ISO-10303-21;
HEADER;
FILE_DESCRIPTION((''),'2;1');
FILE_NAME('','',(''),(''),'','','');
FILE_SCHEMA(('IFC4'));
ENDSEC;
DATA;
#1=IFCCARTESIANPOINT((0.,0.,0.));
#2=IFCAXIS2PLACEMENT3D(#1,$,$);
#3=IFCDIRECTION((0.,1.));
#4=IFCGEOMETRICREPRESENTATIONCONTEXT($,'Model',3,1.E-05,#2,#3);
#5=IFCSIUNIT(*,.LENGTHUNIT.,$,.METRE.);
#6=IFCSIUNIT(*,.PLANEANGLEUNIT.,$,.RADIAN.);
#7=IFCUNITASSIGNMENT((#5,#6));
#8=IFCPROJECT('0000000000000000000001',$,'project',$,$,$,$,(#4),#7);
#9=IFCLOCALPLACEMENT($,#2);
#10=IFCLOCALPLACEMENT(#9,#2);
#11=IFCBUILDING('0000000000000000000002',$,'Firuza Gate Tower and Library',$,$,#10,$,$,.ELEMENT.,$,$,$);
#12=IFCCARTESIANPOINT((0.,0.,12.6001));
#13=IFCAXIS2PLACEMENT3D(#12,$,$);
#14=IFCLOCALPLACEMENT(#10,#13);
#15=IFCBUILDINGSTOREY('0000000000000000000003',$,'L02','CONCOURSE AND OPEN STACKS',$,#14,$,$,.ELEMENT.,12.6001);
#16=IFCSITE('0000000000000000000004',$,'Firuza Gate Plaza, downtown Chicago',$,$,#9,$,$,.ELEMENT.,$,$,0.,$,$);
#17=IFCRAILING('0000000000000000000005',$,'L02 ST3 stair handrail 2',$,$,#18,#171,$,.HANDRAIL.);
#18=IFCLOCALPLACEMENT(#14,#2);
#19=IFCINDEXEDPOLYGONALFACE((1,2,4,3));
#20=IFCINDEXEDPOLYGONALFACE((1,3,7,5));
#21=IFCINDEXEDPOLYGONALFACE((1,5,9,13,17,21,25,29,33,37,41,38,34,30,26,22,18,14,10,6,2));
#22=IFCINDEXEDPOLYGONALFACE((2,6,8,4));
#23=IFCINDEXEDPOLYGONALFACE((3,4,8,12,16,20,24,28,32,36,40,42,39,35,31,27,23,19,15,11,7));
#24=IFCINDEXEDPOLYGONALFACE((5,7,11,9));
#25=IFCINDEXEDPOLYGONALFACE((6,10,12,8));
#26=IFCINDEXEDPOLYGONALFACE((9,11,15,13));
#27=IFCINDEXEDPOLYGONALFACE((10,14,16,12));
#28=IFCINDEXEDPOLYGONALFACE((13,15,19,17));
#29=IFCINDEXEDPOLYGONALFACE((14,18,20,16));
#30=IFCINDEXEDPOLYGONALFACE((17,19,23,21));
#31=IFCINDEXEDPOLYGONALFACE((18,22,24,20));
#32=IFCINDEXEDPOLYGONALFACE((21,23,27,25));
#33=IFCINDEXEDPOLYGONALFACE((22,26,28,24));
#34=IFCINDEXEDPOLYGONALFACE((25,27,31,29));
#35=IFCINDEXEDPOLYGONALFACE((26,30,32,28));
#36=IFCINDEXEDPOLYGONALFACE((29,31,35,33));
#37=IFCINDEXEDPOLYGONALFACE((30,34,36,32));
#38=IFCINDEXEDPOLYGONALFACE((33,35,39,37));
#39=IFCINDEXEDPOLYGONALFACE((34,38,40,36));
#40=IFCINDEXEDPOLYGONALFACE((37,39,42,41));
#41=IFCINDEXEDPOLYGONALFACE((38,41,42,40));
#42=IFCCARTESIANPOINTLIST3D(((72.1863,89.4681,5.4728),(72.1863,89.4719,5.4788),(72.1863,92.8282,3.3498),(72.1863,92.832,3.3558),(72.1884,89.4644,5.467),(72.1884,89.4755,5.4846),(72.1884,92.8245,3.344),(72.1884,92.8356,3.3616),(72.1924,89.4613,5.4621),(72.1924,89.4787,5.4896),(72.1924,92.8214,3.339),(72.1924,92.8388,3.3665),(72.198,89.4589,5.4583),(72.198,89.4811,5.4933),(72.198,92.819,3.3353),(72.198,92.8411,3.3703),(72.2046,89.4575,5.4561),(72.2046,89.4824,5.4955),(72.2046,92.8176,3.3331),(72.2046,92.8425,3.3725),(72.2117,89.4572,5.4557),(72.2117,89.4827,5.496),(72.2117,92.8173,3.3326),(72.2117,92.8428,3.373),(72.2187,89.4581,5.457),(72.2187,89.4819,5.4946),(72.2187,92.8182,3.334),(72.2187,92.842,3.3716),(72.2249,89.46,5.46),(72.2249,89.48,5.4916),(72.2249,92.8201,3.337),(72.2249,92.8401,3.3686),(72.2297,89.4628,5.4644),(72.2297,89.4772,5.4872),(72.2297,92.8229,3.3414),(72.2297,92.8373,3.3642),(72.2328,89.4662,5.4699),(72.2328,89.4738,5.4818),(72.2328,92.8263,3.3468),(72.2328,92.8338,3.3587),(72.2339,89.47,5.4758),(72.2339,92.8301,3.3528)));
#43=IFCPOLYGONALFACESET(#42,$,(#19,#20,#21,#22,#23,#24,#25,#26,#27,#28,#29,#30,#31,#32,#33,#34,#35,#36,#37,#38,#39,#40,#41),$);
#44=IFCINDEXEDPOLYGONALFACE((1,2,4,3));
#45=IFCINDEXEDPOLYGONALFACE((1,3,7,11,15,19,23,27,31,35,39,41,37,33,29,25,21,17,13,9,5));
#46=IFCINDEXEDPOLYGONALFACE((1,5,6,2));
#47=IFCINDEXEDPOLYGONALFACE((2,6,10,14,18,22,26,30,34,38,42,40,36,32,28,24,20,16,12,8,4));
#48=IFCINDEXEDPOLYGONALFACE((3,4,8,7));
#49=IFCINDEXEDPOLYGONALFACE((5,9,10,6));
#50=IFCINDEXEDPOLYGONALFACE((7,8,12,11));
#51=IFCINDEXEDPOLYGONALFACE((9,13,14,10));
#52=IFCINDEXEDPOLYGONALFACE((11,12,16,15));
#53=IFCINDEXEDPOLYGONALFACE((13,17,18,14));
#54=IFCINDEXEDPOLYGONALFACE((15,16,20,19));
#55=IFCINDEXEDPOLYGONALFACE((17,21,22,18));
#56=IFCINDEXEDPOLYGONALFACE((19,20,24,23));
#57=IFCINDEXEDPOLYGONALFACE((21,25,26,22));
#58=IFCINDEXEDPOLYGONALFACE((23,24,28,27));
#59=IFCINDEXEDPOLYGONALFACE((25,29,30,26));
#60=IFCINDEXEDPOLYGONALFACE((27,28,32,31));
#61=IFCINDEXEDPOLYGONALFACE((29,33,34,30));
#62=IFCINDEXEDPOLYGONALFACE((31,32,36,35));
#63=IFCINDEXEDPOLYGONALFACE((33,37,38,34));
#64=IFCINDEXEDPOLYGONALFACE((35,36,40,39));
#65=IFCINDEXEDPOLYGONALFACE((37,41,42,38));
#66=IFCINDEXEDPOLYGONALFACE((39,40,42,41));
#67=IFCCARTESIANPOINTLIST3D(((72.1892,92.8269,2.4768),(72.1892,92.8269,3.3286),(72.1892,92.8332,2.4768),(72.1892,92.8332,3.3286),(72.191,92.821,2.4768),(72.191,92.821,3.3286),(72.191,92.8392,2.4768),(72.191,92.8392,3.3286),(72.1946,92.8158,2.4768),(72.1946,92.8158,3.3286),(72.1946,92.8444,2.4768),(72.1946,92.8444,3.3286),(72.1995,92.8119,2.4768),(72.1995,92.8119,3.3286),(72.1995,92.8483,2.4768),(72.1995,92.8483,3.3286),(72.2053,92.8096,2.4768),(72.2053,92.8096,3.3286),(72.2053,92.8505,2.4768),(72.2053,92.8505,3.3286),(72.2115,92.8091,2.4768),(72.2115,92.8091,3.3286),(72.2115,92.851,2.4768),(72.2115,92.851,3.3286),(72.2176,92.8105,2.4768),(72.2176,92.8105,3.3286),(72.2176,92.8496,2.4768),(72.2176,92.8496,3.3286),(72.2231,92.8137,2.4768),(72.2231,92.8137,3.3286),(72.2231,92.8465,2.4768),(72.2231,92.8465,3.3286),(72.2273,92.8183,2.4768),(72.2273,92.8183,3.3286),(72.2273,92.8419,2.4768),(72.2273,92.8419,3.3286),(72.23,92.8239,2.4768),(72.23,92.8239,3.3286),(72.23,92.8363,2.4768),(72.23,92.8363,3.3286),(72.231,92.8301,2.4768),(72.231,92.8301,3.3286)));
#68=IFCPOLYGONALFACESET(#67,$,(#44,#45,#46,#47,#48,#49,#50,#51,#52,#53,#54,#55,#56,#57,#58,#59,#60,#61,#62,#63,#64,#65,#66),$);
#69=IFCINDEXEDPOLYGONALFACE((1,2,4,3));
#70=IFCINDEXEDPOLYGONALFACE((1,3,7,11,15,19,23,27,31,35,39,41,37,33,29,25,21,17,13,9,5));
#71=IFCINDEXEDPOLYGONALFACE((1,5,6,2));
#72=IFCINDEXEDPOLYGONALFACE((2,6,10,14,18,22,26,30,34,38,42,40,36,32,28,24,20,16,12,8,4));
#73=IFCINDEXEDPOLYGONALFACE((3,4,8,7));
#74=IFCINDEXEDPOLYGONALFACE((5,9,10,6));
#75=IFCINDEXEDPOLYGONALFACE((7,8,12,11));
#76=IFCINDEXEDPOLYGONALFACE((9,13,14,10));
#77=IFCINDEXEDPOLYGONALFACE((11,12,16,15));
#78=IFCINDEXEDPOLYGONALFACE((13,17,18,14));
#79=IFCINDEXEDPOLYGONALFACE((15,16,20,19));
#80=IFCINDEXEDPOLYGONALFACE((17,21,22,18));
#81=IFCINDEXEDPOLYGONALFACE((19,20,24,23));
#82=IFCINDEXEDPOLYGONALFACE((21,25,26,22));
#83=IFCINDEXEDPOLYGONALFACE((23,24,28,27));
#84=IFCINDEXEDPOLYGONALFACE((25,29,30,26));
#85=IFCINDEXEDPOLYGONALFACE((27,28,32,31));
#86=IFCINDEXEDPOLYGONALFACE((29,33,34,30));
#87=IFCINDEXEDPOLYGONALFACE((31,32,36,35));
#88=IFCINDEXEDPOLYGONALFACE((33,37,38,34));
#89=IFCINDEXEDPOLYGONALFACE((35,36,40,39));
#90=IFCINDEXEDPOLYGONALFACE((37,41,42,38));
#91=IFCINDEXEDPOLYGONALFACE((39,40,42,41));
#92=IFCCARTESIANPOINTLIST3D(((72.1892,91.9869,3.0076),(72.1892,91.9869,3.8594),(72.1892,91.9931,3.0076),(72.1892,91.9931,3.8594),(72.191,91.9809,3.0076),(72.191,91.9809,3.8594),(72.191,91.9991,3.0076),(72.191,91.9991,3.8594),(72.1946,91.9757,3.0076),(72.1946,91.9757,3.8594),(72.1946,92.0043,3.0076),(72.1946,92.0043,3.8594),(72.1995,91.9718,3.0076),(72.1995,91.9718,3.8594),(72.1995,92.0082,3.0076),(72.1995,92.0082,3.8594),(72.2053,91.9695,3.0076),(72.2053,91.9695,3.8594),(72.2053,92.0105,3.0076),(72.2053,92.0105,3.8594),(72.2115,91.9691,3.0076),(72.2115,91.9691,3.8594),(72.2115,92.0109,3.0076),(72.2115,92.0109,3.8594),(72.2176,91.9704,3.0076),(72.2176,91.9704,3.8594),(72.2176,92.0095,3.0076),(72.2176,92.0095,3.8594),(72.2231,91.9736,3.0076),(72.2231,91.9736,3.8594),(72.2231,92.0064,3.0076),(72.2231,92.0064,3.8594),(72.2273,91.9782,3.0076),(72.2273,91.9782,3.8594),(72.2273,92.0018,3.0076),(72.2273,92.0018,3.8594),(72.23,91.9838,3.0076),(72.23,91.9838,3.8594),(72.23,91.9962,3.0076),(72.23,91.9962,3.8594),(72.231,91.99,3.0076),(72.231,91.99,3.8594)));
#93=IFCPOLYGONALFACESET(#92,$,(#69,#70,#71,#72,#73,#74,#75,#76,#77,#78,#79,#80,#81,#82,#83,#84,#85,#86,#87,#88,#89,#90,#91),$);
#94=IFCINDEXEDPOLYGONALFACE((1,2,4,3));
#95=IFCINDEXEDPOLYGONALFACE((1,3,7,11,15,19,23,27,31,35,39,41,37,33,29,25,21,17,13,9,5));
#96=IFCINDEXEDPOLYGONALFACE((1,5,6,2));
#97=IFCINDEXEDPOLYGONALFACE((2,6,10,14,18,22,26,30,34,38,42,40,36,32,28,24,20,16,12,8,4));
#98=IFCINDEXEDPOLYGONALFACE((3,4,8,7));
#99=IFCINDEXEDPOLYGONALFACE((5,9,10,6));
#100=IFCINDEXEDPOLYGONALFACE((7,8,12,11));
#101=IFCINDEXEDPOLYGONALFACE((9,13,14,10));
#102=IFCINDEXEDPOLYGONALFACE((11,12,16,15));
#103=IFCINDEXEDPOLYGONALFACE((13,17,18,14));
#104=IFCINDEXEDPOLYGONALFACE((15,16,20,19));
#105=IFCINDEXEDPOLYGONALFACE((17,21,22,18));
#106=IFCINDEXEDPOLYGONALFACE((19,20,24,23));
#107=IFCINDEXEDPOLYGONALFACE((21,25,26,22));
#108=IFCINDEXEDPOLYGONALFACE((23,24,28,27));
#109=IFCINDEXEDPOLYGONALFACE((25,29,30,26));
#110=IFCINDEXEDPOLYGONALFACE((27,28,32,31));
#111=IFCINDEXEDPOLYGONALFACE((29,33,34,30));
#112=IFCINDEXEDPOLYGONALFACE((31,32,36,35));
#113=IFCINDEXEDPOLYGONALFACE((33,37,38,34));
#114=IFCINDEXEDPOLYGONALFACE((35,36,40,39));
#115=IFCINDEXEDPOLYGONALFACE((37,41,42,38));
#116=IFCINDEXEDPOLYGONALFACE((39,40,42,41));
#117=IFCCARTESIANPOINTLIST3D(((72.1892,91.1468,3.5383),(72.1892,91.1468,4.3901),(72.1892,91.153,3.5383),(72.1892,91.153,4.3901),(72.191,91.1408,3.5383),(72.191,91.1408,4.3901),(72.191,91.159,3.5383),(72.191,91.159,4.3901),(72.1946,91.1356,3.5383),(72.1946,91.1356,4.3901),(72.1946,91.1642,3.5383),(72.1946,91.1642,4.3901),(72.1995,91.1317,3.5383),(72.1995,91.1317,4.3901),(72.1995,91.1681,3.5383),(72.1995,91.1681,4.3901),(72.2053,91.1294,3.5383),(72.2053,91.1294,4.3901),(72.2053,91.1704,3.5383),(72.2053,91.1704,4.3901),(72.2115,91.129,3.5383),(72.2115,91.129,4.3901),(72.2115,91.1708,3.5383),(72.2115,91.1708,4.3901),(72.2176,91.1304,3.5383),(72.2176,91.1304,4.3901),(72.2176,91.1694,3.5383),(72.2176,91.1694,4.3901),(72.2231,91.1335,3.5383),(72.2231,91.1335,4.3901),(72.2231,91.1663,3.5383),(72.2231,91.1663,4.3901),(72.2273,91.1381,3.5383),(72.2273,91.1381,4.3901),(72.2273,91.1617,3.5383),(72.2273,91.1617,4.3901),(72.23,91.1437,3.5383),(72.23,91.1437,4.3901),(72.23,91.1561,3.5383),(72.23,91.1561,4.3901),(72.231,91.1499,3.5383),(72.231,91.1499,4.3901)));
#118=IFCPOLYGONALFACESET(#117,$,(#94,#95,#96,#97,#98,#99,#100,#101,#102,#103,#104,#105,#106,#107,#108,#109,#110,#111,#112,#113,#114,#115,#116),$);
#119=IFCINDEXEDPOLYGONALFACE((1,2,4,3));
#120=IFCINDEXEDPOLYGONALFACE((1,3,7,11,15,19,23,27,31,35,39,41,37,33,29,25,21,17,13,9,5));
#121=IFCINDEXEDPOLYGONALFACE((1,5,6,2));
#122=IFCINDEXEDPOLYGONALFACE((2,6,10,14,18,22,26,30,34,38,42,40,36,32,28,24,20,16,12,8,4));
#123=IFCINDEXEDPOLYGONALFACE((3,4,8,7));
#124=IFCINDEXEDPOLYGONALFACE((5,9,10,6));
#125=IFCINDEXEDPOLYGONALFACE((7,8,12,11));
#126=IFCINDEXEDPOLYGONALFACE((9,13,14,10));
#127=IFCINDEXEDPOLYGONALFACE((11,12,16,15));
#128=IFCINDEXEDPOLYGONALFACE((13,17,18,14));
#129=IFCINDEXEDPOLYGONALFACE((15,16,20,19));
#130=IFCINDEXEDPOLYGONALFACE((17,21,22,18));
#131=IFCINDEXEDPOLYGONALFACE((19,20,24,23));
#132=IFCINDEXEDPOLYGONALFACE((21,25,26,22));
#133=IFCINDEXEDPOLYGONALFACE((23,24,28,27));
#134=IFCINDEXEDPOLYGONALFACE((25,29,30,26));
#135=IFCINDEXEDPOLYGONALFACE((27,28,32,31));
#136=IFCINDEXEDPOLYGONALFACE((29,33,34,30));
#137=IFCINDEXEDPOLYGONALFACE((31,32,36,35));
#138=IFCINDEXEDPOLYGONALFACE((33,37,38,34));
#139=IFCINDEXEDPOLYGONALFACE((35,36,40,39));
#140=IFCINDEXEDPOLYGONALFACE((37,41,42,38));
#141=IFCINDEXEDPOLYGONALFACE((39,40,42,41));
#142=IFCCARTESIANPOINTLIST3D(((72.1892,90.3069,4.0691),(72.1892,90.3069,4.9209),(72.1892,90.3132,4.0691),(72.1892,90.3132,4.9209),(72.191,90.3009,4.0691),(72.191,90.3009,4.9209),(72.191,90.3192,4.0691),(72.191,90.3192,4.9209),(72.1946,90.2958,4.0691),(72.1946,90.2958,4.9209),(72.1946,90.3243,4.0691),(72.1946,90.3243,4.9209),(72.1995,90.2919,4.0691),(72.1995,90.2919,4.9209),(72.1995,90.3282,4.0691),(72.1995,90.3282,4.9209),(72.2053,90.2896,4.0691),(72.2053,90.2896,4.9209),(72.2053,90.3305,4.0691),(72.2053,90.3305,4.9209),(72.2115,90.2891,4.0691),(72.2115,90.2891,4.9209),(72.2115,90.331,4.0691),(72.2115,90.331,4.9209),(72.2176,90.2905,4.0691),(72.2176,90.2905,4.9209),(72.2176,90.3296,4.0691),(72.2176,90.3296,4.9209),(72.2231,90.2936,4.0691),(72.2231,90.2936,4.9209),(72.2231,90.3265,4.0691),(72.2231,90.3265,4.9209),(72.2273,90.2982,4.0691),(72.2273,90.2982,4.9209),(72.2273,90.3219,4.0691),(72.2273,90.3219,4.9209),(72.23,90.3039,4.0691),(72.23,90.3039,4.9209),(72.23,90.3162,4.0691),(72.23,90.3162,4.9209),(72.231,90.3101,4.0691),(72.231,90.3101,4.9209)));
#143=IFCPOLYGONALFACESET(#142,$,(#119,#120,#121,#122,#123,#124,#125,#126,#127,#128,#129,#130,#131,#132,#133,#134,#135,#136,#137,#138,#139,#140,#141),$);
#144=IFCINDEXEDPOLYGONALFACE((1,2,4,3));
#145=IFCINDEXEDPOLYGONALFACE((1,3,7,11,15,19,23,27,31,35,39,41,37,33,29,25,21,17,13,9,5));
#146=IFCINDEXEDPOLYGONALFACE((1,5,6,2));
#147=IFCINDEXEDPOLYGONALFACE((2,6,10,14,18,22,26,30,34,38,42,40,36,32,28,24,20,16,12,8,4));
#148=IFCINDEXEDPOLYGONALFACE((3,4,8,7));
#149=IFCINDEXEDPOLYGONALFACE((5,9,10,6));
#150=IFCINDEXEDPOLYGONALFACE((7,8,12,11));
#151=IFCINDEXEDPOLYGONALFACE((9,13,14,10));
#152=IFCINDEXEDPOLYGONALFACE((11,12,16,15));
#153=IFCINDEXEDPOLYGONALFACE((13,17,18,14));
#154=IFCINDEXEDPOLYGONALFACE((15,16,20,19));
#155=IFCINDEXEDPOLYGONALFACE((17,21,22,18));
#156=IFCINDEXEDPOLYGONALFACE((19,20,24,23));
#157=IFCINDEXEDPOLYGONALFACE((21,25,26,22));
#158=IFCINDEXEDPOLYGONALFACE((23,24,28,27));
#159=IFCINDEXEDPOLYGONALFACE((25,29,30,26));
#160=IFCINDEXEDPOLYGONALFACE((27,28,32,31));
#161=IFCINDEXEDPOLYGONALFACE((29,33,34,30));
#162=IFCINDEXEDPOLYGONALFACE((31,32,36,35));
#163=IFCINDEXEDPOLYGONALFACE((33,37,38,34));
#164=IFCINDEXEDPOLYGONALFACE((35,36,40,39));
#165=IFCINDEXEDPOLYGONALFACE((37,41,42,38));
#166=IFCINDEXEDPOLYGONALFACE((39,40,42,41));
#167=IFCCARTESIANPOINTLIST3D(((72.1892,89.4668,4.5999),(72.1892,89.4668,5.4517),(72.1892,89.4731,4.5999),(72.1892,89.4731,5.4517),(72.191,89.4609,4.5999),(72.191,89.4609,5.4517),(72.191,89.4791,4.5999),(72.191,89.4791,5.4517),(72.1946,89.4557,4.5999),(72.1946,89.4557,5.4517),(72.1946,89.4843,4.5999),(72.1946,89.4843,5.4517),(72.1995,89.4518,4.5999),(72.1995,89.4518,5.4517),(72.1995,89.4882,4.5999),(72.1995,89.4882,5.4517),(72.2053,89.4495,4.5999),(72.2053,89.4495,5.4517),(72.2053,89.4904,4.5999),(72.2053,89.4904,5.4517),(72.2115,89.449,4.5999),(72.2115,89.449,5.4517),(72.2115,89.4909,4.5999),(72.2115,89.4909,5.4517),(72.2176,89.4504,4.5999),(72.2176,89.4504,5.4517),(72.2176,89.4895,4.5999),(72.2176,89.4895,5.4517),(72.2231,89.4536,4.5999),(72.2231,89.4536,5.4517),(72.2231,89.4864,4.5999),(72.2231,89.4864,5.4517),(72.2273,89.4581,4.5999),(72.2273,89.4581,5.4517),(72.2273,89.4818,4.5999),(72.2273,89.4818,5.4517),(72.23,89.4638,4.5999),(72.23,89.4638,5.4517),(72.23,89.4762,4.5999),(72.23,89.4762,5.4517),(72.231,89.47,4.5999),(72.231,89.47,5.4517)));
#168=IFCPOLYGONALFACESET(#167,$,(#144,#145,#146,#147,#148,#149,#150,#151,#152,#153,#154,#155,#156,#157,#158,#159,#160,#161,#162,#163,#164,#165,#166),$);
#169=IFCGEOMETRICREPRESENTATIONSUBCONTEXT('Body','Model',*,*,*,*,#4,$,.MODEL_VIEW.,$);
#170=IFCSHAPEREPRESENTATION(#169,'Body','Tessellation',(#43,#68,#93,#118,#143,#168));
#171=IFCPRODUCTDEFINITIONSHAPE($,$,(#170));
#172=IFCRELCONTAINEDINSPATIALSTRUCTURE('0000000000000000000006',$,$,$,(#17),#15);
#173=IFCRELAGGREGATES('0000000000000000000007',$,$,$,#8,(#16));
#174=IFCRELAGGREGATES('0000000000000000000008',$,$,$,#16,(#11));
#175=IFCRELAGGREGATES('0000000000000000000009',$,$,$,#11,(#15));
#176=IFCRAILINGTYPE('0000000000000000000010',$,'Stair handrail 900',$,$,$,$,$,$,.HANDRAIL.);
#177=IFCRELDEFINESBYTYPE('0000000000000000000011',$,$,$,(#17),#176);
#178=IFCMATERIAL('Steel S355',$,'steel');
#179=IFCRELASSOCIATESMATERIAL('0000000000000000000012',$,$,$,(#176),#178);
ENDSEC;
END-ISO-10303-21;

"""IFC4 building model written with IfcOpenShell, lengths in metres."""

from ifc_helpers import new_model, si_unit, direction, frame, origin, origin_2d, place, context, subcontext, project, spatial, circle, extrude, material, type_object, element, save


model = new_model("IFC4")

# Units and contexts
model_context = context("Model", 3, precision=1e-05, world=origin(), true_north=direction((0.0, 1.0)))
body_context = subcontext(model_context, "Body", "Model", "MODEL_VIEW")
ifc_project = project(units=[si_unit("LENGTHUNIT", "METRE"), si_unit("PLANEANGLEUNIT", "RADIAN")], contexts=[model_context])

# Site, building, storey
site_placement = place(None, origin())
site = spatial("IfcSite", under=ifc_project, at=site_placement, Name="Firuza Gate Plaza, downtown Chicago", CompositionType="ELEMENT", RefElevation=0.0)
building_placement = place(site_placement, origin())
building = spatial("IfcBuilding", under=site, at=building_placement, Name="Firuza Gate Tower and Library", CompositionType="ELEMENT")
storey_placement = place(building_placement, frame((0.0, 0.0, 12.6001)))
storey = spatial("IfcBuildingStorey", under=building, at=storey_placement, Name="L02", Description="CONCOURSE AND OPEN STACKS", CompositionType="ELEMENT", Elevation=12.6001)

# Railing
ifc_material_1 = material(Name="Steel S355", Category="steel")
railing_type = type_object("IfcRailingType", Name="Stair handrail 900", PredefinedType="HANDRAIL", material=ifc_material_1)
railing_placement = place(storey_placement, frame((72.21, 92.8301, 2.4768)))
element("IfcRailing", 1, at=railing_placement, inside=storey, type_object=railing_type, Name="L02 ST3 stair handrail 2", PredefinedType="HANDRAIL", context=body_context, shape_type="SweptSolid", body=[
    extrude(circle(Radius=0.0239, at=origin_2d()), frame((0.0, 0.0, 0.876), z_axis=(0.0, -0.84539, 0.53415), x_axis=(1.0, 0.0, 0.0)), (0.0, 0.0, 1.0), 3.9746),
    extrude(circle(Radius=0.021, at=origin_2d()), origin(), (0.0, 0.0, 1.0), 0.8518),
    extrude(circle(Radius=0.021, at=origin_2d()), frame((0.0, -0.8401, 0.5308)), (0.0, 0.0, 1.0), 0.8518),
    extrude(circle(Radius=0.021, at=origin_2d()), frame((0.0, -1.6802, 1.0615)), (0.0, 0.0, 1.0), 0.8518),
    extrude(circle(Radius=0.021, at=origin_2d()), frame((0.0, -2.52, 1.5923)), (0.0, 0.0, 1.0), 0.8518),
    extrude(circle(Radius=0.021, at=origin_2d()), frame((0.0, -3.3601, 2.123)), (0.0, 0.0, 1.0), 0.8518),
])

save(model, "model.ifc")
